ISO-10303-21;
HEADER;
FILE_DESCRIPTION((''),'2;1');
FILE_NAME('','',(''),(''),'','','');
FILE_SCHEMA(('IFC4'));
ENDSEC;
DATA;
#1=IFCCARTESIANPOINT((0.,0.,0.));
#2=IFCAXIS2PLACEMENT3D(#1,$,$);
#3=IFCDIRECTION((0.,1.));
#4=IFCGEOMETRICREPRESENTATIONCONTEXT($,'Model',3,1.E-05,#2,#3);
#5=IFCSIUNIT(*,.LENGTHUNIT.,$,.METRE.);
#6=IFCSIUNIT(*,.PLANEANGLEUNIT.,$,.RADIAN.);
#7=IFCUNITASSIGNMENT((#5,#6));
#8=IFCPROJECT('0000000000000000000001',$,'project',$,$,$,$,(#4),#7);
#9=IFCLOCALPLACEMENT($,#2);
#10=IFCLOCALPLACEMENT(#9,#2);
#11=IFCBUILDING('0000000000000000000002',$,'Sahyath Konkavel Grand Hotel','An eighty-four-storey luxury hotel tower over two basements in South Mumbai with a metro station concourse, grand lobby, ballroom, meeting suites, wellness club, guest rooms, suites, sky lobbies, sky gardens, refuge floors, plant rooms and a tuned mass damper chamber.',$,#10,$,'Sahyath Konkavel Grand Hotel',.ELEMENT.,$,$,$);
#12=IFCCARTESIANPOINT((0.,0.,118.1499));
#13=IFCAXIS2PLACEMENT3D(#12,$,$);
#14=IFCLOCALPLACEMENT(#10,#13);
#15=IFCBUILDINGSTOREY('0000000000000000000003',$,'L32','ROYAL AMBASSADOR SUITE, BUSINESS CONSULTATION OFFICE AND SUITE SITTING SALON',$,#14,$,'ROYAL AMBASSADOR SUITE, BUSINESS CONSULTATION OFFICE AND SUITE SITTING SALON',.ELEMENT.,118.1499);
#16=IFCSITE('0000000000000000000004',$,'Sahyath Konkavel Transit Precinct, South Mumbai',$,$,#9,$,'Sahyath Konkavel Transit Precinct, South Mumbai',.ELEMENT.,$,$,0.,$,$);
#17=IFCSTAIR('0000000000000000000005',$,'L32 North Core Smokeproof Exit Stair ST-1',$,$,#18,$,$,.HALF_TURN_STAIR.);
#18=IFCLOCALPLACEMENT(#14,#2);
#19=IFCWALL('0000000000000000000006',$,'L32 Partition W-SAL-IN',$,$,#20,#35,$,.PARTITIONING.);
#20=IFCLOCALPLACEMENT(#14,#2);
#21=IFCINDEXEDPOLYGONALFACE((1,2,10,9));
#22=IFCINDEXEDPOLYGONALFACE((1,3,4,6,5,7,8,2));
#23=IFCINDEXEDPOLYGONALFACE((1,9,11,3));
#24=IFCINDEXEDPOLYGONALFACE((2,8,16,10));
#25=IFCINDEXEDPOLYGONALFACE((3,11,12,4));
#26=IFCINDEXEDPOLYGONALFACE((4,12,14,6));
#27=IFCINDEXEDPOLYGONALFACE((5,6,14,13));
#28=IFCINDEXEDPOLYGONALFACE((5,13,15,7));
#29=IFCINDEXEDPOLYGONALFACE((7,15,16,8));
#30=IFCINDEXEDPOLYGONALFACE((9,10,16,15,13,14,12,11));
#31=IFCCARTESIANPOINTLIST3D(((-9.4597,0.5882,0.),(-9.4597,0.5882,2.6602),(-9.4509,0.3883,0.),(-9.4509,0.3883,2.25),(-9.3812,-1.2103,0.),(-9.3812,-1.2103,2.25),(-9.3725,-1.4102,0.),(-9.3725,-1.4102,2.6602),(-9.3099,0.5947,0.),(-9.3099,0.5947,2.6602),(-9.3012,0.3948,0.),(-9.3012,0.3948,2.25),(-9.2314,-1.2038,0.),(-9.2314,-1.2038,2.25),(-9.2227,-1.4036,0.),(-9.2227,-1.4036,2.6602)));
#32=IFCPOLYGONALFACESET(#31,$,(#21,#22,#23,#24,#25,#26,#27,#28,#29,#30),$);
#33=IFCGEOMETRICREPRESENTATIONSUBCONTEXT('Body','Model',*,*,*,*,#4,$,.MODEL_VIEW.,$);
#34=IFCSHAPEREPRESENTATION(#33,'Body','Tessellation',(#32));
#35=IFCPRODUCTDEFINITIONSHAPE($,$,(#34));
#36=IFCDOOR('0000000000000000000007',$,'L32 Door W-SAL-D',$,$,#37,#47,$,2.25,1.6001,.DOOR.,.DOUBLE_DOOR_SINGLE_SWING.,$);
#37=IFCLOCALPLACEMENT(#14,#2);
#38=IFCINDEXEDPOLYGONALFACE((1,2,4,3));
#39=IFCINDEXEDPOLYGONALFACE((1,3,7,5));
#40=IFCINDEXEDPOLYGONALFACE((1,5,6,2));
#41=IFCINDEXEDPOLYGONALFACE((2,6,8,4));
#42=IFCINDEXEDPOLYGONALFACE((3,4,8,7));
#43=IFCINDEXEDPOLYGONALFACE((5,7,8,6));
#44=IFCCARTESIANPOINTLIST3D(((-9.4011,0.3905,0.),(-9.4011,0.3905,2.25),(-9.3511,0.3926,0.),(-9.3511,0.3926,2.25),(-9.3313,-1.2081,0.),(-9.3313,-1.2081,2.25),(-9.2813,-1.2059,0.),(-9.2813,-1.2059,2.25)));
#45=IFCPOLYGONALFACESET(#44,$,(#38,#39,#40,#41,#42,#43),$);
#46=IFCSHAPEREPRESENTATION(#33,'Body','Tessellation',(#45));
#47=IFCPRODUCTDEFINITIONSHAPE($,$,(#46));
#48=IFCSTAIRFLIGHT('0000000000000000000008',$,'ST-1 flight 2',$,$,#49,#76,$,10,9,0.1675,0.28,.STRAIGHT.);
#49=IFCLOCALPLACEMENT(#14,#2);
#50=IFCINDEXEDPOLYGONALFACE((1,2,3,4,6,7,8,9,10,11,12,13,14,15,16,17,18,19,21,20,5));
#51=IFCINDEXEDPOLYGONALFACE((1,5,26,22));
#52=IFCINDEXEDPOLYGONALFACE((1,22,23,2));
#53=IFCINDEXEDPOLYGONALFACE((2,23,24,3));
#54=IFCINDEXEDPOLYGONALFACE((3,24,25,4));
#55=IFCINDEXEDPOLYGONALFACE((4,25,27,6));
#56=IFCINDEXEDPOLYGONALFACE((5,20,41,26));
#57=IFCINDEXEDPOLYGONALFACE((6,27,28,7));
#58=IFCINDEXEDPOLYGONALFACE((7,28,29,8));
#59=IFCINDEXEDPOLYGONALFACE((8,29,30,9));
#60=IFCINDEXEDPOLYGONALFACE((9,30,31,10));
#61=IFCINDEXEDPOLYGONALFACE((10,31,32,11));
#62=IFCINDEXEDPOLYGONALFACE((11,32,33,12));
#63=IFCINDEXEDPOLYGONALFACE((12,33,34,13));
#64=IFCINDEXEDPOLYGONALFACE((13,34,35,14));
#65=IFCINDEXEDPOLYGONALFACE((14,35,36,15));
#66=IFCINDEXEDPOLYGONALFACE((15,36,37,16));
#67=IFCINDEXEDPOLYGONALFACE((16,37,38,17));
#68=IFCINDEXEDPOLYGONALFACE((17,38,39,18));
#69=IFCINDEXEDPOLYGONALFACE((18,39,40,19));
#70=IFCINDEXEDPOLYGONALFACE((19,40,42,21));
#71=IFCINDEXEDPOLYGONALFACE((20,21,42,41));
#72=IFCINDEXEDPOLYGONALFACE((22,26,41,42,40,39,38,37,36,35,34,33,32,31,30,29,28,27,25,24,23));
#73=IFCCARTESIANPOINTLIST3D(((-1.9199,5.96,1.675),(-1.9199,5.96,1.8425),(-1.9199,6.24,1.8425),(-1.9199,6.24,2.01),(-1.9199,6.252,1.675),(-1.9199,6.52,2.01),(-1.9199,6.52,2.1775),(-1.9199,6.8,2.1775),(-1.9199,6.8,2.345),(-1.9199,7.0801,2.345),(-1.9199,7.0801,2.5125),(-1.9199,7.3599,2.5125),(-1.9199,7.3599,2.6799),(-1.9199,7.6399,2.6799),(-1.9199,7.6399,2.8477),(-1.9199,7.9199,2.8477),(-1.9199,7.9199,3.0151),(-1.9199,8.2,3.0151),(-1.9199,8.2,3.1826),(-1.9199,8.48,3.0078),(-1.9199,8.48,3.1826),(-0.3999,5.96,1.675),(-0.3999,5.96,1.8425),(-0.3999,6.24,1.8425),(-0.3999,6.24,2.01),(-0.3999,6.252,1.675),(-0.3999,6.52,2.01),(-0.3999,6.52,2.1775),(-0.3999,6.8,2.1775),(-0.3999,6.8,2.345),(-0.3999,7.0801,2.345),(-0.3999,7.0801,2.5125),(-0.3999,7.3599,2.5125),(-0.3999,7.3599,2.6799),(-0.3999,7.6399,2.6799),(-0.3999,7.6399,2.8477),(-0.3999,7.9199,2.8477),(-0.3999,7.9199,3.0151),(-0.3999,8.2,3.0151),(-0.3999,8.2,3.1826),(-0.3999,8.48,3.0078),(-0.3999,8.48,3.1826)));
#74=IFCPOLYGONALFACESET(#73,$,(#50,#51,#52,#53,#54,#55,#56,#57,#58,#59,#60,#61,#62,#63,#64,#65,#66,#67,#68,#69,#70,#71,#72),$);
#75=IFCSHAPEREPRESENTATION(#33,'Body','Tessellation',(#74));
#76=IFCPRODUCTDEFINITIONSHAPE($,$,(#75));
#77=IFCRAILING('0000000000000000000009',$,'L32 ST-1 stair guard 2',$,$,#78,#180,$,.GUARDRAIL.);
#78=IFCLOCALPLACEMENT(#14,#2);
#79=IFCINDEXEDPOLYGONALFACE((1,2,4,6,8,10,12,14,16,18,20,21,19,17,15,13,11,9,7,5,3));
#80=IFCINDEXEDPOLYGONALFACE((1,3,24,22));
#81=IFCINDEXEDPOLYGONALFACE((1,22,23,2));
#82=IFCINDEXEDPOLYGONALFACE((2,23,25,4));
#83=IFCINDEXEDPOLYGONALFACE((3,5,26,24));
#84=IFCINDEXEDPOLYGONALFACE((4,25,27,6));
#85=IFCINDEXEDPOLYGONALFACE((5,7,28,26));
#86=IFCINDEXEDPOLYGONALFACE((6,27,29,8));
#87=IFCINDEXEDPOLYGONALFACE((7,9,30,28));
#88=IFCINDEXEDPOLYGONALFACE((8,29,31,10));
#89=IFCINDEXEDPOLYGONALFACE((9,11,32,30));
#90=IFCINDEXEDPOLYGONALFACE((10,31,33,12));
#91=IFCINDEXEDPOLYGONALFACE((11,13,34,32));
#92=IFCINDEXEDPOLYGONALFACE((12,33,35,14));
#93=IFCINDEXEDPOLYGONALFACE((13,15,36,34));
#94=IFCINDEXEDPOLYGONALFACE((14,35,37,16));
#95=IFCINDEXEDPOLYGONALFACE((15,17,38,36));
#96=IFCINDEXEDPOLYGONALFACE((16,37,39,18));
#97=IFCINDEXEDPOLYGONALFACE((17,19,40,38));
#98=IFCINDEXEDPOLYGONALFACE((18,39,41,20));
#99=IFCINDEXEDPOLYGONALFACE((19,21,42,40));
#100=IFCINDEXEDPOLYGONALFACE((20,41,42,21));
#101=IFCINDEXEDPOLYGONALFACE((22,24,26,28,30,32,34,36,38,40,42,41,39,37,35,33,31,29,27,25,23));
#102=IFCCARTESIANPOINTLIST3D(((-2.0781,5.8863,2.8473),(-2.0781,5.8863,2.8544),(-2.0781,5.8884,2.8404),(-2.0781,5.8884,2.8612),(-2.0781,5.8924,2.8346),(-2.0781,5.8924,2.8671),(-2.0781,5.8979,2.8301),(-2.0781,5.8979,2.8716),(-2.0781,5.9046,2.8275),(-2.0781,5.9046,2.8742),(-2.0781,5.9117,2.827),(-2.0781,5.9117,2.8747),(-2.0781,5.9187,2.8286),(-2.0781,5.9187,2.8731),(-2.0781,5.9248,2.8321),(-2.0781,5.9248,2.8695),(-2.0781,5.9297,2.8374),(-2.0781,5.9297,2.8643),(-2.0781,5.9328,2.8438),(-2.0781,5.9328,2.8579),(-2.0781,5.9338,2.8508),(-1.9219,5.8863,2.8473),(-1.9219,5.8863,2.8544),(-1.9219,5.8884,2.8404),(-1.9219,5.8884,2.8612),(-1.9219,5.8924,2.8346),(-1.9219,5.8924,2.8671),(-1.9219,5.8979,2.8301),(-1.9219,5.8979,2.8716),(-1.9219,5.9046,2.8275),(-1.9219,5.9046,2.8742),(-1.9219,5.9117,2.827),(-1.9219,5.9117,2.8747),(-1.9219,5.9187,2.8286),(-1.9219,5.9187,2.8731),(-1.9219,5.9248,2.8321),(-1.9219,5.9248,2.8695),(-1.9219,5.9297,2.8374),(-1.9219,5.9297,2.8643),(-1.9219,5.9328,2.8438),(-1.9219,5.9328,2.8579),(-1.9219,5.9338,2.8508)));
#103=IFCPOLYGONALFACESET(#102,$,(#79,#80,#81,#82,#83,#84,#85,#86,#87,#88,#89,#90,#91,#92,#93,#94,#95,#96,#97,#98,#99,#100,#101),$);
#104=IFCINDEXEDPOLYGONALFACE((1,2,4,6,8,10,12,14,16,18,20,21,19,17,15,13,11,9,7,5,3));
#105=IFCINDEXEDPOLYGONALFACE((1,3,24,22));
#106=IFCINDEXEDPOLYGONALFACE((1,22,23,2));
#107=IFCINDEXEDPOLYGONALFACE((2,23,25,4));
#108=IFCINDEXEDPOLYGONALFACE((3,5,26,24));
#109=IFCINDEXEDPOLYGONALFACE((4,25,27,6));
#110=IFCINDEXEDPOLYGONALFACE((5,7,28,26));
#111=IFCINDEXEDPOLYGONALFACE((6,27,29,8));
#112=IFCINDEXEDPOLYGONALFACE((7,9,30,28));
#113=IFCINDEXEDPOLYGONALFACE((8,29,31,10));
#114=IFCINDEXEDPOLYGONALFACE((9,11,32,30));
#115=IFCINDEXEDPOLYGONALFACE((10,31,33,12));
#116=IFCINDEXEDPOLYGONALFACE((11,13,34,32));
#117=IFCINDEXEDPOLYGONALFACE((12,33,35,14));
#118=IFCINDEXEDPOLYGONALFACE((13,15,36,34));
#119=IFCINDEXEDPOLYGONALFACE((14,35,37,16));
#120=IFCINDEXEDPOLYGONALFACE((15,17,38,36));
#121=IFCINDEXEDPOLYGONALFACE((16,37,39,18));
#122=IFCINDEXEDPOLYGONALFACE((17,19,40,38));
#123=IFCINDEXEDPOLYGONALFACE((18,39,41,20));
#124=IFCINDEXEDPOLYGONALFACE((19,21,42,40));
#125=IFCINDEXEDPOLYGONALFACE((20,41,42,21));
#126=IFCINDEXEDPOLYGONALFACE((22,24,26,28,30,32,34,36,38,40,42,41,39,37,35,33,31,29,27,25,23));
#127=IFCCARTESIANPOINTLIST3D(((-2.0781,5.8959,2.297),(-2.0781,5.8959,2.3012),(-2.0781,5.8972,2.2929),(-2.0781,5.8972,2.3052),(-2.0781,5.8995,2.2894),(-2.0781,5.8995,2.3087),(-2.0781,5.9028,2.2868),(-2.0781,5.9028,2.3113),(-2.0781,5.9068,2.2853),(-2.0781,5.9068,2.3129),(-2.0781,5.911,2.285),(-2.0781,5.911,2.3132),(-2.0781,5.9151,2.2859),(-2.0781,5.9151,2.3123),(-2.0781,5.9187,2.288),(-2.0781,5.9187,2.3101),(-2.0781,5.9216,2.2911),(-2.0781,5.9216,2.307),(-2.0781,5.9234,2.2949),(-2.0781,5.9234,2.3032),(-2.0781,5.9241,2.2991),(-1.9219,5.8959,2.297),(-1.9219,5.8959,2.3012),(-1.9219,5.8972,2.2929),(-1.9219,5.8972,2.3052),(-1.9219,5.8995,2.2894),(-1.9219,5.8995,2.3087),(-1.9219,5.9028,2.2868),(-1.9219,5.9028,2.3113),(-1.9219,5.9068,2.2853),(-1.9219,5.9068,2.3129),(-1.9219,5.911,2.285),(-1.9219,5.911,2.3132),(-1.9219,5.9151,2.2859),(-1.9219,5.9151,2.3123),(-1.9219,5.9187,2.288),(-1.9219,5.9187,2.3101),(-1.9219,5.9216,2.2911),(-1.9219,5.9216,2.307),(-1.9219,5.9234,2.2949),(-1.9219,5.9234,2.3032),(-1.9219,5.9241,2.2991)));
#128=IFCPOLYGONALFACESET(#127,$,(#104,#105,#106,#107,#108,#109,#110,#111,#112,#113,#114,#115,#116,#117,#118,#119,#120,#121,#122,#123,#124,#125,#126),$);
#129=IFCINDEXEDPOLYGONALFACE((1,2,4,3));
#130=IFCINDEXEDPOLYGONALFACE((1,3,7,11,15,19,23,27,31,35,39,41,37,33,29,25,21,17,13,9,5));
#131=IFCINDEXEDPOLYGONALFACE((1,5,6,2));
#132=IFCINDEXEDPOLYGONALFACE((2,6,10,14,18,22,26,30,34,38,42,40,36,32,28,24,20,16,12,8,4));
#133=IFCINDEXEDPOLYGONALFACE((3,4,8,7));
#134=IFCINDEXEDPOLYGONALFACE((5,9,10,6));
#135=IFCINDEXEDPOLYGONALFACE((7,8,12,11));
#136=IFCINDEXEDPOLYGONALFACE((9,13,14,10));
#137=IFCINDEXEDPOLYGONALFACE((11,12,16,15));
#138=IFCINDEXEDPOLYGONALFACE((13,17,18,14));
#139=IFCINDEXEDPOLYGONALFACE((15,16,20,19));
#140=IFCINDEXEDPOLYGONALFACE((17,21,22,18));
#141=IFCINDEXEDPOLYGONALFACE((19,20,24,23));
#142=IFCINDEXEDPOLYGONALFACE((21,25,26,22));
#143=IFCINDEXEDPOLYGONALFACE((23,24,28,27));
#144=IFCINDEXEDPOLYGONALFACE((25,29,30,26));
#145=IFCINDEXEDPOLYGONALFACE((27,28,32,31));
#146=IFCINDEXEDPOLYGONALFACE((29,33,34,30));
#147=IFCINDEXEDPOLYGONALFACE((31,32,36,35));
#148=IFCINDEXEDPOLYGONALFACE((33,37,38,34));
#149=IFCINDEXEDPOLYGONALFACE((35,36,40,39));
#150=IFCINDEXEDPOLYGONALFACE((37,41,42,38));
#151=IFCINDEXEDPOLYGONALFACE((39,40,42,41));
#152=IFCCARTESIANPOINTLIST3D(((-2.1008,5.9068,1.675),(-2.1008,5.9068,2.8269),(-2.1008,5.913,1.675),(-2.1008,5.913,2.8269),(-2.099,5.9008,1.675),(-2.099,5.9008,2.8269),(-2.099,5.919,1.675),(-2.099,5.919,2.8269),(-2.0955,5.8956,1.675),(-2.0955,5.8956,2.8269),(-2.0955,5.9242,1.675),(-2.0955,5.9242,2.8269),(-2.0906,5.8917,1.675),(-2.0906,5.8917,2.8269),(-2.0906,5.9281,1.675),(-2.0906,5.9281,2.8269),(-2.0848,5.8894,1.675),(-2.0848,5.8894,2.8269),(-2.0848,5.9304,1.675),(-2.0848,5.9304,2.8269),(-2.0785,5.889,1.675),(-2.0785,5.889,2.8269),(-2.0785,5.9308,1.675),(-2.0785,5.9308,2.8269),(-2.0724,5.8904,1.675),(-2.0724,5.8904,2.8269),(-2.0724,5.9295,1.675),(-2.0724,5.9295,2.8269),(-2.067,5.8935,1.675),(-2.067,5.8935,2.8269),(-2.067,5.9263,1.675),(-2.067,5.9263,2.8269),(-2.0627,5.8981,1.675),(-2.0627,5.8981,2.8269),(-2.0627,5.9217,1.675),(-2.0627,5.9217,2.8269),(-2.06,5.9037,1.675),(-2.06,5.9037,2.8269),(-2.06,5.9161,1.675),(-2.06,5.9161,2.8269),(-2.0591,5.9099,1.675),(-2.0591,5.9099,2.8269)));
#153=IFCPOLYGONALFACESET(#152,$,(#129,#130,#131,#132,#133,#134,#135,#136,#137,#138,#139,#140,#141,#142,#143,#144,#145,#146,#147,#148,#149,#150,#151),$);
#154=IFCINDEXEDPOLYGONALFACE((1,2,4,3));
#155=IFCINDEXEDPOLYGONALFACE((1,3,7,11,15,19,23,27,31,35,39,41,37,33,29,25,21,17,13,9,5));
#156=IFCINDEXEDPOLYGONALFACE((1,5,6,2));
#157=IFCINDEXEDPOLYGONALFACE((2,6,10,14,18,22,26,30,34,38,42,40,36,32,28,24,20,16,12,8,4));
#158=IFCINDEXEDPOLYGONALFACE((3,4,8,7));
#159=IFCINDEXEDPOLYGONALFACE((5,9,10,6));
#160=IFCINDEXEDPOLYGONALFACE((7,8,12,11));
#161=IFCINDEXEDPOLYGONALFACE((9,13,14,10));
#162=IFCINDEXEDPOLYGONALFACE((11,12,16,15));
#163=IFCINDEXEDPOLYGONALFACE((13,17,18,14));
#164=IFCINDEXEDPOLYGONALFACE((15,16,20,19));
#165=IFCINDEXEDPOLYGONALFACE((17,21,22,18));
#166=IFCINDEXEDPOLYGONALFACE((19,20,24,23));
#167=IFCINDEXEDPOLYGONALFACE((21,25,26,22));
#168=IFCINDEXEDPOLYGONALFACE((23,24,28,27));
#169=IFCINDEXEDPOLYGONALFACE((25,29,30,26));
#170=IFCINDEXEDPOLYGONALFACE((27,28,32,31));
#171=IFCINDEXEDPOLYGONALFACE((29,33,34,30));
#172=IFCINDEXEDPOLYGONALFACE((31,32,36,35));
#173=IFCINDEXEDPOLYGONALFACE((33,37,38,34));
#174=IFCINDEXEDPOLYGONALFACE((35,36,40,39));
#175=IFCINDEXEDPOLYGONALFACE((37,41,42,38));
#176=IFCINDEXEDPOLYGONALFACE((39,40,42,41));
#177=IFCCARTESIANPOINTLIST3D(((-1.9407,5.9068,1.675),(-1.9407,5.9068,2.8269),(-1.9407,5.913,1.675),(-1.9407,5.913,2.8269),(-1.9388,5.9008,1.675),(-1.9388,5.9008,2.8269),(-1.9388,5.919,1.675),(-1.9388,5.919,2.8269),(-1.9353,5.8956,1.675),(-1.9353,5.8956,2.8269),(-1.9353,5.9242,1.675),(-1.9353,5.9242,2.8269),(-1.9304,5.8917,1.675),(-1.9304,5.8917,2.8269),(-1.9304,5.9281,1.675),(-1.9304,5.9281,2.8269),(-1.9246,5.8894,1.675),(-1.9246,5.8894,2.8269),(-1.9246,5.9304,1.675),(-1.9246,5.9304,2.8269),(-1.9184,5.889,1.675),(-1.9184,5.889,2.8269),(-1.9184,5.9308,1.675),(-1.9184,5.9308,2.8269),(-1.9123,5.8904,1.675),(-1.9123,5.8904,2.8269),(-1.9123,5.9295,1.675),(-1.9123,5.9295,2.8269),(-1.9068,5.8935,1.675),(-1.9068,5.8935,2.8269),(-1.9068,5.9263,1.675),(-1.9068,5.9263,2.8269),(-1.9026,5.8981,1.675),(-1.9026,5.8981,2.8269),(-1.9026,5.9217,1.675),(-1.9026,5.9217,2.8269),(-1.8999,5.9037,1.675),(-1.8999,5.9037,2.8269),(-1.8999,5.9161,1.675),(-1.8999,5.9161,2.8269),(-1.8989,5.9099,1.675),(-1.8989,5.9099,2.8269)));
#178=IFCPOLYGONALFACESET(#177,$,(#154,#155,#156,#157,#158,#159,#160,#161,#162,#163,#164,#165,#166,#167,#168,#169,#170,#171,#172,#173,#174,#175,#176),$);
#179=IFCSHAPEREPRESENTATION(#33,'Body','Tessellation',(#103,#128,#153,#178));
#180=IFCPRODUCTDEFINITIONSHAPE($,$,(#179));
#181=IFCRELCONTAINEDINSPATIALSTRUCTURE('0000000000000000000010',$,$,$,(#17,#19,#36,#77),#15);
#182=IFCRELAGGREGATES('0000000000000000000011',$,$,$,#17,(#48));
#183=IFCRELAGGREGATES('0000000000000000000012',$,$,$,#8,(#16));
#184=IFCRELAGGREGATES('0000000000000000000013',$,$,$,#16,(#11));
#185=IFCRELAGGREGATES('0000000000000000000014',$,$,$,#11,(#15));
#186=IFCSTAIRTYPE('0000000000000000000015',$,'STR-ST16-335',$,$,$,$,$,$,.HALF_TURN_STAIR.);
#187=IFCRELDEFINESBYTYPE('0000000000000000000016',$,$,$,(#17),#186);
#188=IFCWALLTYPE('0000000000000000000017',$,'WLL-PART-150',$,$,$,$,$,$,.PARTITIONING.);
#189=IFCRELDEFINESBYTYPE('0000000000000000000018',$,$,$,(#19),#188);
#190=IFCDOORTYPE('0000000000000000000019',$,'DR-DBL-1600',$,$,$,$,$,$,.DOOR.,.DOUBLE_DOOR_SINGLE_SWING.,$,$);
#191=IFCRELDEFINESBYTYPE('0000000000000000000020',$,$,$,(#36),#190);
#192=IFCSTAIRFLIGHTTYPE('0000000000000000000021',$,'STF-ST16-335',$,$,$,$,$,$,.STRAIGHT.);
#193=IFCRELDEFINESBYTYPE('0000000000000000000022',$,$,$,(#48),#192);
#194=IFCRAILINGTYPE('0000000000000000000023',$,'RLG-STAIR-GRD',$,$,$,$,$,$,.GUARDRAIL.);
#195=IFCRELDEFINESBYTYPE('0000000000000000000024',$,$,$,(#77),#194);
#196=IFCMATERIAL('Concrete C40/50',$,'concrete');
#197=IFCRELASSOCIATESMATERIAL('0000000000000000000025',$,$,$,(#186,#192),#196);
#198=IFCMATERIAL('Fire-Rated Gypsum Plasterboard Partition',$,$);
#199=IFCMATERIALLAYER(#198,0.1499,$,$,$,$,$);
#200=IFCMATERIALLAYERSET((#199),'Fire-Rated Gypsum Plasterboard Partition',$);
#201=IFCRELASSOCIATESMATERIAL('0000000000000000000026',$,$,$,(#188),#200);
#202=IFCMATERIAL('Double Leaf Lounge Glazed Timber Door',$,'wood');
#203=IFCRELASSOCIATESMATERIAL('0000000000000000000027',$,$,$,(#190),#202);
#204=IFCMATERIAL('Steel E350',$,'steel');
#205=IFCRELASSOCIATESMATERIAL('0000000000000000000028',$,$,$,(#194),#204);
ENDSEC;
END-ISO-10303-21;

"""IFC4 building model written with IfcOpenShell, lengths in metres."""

from ifc_helpers import new_model, si_unit, direction, frame, frame_2d, origin, origin_2d, place, context, subcontext, project, spatial, polyline, rectangle, circle, outline, extrude, source, transform, mapped, material, layer, layer_set, type_object, element, fill, aggregate, save


model = new_model("IFC4")

# Units and contexts
model_context = context("Model", 3, precision=1e-05, world=origin(), true_north=direction((0.0, 1.0)))
body_context = subcontext(model_context, "Body", "Model", "MODEL_VIEW")
ifc_project = project(units=[si_unit("LENGTHUNIT", "METRE"), si_unit("PLANEANGLEUNIT", "RADIAN")], contexts=[model_context])

# Site, building, storey
site_placement = place(None, origin())
site = spatial("IfcSite", under=ifc_project, at=site_placement, Name="Sahyath Konkavel Transit Precinct, South Mumbai", LongName="Sahyath Konkavel Transit Precinct, South Mumbai", CompositionType="ELEMENT", RefElevation=0.0)
building_placement = place(site_placement, origin())
building = spatial("IfcBuilding", under=site, at=building_placement, Name="Sahyath Konkavel Grand Hotel", Description="An eighty-four-storey luxury hotel tower over two basements in South Mumbai with a metro station concourse, grand lobby, ballroom, meeting suites, wellness club, guest rooms, suites, sky lobbies, sky gardens, refuge floors, plant rooms and a tuned mass damper chamber.", LongName="Sahyath Konkavel Grand Hotel", CompositionType="ELEMENT")
storey_placement = place(building_placement, frame((0.0, 0.0, 118.1499)))
storey = spatial("IfcBuildingStorey", under=building, at=storey_placement, Name="L32", Description="ROYAL AMBASSADOR SUITE, BUSINESS CONSULTATION OFFICE AND SUITE SITTING SALON", LongName="ROYAL AMBASSADOR SUITE, BUSINESS CONSULTATION OFFICE AND SUITE SITTING SALON", CompositionType="ELEMENT", Elevation=118.1499)

# Shared definitions
ifc_material_1 = material(Name="Steel E350", Category="steel")

# Shared definitions
ifc_material_2 = material(Name="Concrete C40/50", Category="concrete")

# Stair
stair_type = type_object("IfcStairType", Name="STR-ST16-335", PredefinedType="HALF_TURN_STAIR", material=ifc_material_2)
stair_1_placement = place(storey_placement, origin())
stair_1 = element("IfcStair", 1, at=stair_1_placement, inside=storey, type_object=stair_type, Name="L32 North Core Smokeproof Exit Stair ST-1", PredefinedType="HALF_TURN_STAIR")

# Wall, opening, door
ifc_material_3 = material(Name="Fire-Rated Gypsum Plasterboard Partition")
ifc_layer_1 = layer(ifc_material_3, 0.1499)
ifc_layer_set_1 = layer_set([ifc_layer_1], Name="Fire-Rated Gypsum Plasterboard Partition")
wall_type_1 = type_object("IfcWallType", Name="WLL-PART-150", PredefinedType="PARTITIONING", material=ifc_layer_set_1)
wall_1_placement = place(storey_placement, frame((-9.3848, 0.5913, 0.0), z_axis=(0.0, 0.0, 1.0), x_axis=(0.043575, -0.99905, 0.0)))
wall_1 = element("IfcWall", 2, at=wall_1_placement, inside=storey, type_object=wall_type_1, Name="L32 Partition W-SAL-IN", PredefinedType="PARTITIONING", context=body_context, shape_type="SweptSolid", body=[
    extrude(rectangle(XDim=2.0002, YDim=0.1499, at=frame_2d((1.0, 0.0))), origin(), (0.0, 0.0, 1.0), 2.6602),
])
opening_1_placement = place(wall_1_placement, frame((0.2, 0.0, 0.0)))
opening_1 = element("IfcOpeningElement", 3, at=opening_1_placement, cuts=wall_1, PredefinedType="OPENING", context=body_context, shape_type="SweptSolid", body=[
    extrude(rectangle(XDim=1.6001, YDim=2.25, at=frame_2d((0.8, 1.125))), frame((0.0, 0.085, 0.0), z_axis=(0.0, -1.0, 0.0), x_axis=(1.0, 0.0, 0.0)), (0.0, 0.0, 1.0), 0.1699),
])
ifc_material_4 = material(Name="Double Leaf Lounge Glazed Timber Door", Category="wood")
door_type_1 = type_object("IfcDoorType", Name="DR-DBL-1600", OperationType="DOUBLE_DOOR_SINGLE_SWING", PredefinedType="DOOR", material=ifc_material_4)
shared_shape_1 = source(origin(), body_context, "Body", "SweptSolid", [
    extrude(rectangle(XDim=1.6001, YDim=0.05, at=origin_2d()), origin(), (0.0, 0.0, 1.0), 2.25),
])
door_1_placement = place(opening_1_placement, frame((0.8, 0.0, 0.0)))
door_1 = element("IfcDoor", 4, at=door_1_placement, inside=storey, type_object=door_type_1, Name="L32 Door W-SAL-D", OperationType="DOUBLE_DOOR_SINGLE_SWING", OverallHeight=2.25, OverallWidth=1.6001, PredefinedType="DOOR", context=body_context, shape_type="MappedRepresentation", body=[
    mapped(shared_shape_1, transform((0.0, 0.0, 0.0), scale=1.0)),
])
fill(opening_1, door_1)

# Stair flight
stair_flight_type = type_object("IfcStairFlightType", Name="STF-ST16-335", PredefinedType="STRAIGHT", material=ifc_material_2)
stair_flight_placement = place(storey_placement, frame((-1.1599, 5.96, 1.675), z_axis=(0.0, 0.0, 1.0), x_axis=(0.0, 1.0, 0.0)))
stair_flight = element("IfcStairFlight", 5, at=stair_flight_placement, type_object=stair_flight_type, Name="ST-1 flight 2", NumberOfRisers=10, NumberOfTreads=9, PredefinedType="STRAIGHT", RiserHeight=0.1675, TreadLength=0.28, context=body_context, shape_type="SweptSolid", body=[
    extrude(outline(polyline([(0.0, 0.0), (0.0, 0.1675), (0.28, 0.1675), (0.28, 0.335), (0.5601, 0.335), (0.5601, 0.5024), (0.8401, 0.5024), (0.8401, 0.6699), (1.1201, 0.6699), (1.1201, 0.8374), (1.3999, 0.8374), (1.3999, 1.0049), (1.6799, 1.0049), (1.6799, 1.1726), (1.96, 1.1726), (1.96, 1.3401), (2.24, 1.3401), (2.24, 1.5076), (2.52, 1.5076), (2.52, 1.675), (2.52, 1.3328), (0.292, 0.0), (0.0, 0.0)])), frame((0.0, 0.76, 0.0), z_axis=(0.0, -1.0, 0.0), x_axis=(1.0, 0.0, 0.0)), (0.0, 0.0, 1.0), 1.52),
])
aggregate(stair_1, [stair_flight])

# Railing
railing_type_1 = type_object("IfcRailingType", Name="RLG-STAIR-GRD", PredefinedType="GUARDRAIL", material=ifc_material_1)
railing_1_placement = place(storey_placement, frame((-2.0801, 5.9099, 1.675)))
element("IfcRailing", 6, at=railing_1_placement, inside=storey, type_object=railing_type_1, Name="L32 ST-1 stair guard 2", PredefinedType="GUARDRAIL", context=body_context, shape_type="SweptSolid", body=[
    extrude(circle(Radius=0.0239, at=origin_2d()), frame((0.002, 0.0, 1.1758), z_axis=(1.0, 0.0, 0.0), x_axis=(0.0, 1.0, 0.0)), (0.0, 0.0, 1.0), 0.1562),
    extrude(circle(Radius=0.0142, at=origin_2d()), frame((0.002, 0.0, 0.624), z_axis=(1.0, 0.0, 0.0), x_axis=(0.0, 1.0, 0.0)), (0.0, 0.0, 1.0), 0.1562),
    extrude(circle(Radius=0.021, at=origin_2d()), origin(), (0.0, 0.0, 1.0), 1.1519),
    extrude(circle(Radius=0.021, at=origin_2d()), frame((0.1602, 0.0, 0.0)), (0.0, 0.0, 1.0), 1.1519),
])

save(model, "model.ifc")
